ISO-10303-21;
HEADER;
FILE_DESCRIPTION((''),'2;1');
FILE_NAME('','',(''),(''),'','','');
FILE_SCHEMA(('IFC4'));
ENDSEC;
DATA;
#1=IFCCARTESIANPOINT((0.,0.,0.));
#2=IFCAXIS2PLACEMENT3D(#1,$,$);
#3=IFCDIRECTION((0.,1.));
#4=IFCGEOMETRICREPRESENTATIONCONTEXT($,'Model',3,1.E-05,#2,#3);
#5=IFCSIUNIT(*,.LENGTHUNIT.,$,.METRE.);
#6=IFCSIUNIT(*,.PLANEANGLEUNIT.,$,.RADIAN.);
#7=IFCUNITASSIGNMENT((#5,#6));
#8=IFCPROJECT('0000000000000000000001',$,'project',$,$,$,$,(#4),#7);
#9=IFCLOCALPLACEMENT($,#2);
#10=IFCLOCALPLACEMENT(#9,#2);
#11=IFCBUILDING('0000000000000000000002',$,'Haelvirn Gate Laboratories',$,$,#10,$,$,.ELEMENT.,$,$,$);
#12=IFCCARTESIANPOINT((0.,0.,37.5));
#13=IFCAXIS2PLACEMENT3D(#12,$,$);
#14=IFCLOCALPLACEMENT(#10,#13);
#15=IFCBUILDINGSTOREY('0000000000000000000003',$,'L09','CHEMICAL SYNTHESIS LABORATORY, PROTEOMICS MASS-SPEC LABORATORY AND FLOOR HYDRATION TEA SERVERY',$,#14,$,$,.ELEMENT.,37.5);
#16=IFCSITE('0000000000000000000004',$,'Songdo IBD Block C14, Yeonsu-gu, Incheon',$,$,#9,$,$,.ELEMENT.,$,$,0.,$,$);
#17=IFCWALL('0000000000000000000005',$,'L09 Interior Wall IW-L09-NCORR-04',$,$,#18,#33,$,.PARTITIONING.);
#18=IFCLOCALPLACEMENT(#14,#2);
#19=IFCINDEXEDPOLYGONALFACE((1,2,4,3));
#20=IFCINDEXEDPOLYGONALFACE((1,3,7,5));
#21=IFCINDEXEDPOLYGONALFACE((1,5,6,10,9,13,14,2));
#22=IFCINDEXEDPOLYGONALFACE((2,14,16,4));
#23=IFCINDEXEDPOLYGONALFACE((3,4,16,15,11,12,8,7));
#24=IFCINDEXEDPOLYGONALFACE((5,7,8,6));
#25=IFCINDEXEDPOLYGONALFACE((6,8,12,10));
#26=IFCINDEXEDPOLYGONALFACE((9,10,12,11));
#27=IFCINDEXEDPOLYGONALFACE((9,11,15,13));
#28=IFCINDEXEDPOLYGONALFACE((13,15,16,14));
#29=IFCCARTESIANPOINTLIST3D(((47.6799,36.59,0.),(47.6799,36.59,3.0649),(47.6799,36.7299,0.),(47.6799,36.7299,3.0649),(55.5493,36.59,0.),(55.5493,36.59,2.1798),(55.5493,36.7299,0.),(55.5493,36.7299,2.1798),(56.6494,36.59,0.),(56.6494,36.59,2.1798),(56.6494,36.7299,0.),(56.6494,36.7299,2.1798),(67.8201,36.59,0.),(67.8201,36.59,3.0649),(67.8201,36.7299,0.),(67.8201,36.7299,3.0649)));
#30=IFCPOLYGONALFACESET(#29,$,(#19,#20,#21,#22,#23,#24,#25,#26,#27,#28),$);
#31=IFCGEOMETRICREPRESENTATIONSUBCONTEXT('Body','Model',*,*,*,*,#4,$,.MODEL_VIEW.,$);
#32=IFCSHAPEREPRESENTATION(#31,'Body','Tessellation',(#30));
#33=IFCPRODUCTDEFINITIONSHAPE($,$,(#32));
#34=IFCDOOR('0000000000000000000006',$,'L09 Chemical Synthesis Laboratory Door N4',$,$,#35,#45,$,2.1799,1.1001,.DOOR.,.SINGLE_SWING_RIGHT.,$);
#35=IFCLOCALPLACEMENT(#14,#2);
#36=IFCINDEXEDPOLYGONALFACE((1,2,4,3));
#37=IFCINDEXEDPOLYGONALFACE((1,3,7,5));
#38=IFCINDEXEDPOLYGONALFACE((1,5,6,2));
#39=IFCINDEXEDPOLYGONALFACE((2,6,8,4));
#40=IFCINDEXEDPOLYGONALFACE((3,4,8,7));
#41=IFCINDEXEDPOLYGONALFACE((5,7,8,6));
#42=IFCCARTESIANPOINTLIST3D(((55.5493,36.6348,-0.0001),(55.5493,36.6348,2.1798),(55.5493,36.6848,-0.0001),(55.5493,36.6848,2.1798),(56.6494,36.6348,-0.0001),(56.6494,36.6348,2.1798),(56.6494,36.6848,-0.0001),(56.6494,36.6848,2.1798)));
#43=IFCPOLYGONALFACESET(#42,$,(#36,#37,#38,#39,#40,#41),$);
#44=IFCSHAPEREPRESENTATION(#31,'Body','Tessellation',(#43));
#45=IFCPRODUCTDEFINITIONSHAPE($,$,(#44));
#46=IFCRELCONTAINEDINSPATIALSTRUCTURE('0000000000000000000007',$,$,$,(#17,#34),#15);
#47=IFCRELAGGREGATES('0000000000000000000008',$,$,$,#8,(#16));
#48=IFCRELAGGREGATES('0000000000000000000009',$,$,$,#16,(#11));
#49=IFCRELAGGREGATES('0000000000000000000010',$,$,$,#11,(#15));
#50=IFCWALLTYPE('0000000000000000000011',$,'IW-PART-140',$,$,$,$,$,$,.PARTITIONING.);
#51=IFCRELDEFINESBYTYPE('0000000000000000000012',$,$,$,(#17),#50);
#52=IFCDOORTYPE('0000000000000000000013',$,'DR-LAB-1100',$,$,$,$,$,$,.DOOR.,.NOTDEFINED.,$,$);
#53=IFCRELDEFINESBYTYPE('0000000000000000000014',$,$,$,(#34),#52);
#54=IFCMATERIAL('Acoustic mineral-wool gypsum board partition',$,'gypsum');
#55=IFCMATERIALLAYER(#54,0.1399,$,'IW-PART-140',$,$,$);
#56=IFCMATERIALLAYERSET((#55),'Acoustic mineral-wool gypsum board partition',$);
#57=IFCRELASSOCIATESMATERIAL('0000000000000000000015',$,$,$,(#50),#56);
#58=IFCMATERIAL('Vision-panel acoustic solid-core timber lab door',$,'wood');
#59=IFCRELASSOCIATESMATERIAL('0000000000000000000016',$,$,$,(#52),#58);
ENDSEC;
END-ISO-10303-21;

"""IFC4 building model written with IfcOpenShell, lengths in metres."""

from ifc_helpers import new_model, si_unit, direction, frame, frame_2d, origin, place, context, subcontext, project, spatial, rectangle, extrude, source, transform, mapped, material, layer, layer_set, type_object, type_shapes, element, fill, save


model = new_model("IFC4")

# Units and contexts
model_context = context("Model", 3, precision=1e-05, world=origin(), true_north=direction((0.0, 1.0)))
body_context = subcontext(model_context, "Body", "Model", "MODEL_VIEW")
ifc_project = project(units=[si_unit("LENGTHUNIT", "METRE"), si_unit("PLANEANGLEUNIT", "RADIAN")], contexts=[model_context])

# Site, building, storey
site_placement = place(None, origin())
site = spatial("IfcSite", under=ifc_project, at=site_placement, Name="Songdo IBD Block C14, Yeonsu-gu, Incheon", CompositionType="ELEMENT", RefElevation=0.0)
building_placement = place(site_placement, origin())
building = spatial("IfcBuilding", under=site, at=building_placement, Name="Haelvirn Gate Laboratories", CompositionType="ELEMENT")
storey_placement = place(building_placement, frame((0.0, 0.0, 37.5)))
storey = spatial("IfcBuildingStorey", under=building, at=storey_placement, Name="L09", Description="CHEMICAL SYNTHESIS LABORATORY, PROTEOMICS MASS-SPEC LABORATORY AND FLOOR HYDRATION TEA SERVERY", CompositionType="ELEMENT", Elevation=37.5)

# Wall, opening, door
ifc_material_1 = material(Name="Acoustic mineral-wool gypsum board partition", Category="gypsum")
ifc_layer_1 = layer(ifc_material_1, 0.1399, Name="IW-PART-140")
ifc_layer_set_1 = layer_set([ifc_layer_1], Name="Acoustic mineral-wool gypsum board partition")
wall_type_1 = type_object("IfcWallType", Name="IW-PART-140", PredefinedType="PARTITIONING", material=ifc_layer_set_1)
wall_1_placement = place(storey_placement, frame((47.6799, 36.6599, 0.0), z_axis=(0.0, 0.0, 1.0), x_axis=(1.0, 0.0, 0.0)))
wall_1 = element("IfcWall", 1, at=wall_1_placement, inside=storey, type_object=wall_type_1, Name="L09 Interior Wall IW-L09-NCORR-04", PredefinedType="PARTITIONING", context=body_context, shape_type="SweptSolid", body=[
    extrude(rectangle(XDim=20.1401, YDim=0.1399, at=frame_2d((10.0701, 0.0))), origin(), (0.0, 0.0, 1.0), 3.0649),
])
opening_1_placement = place(wall_1_placement, frame((7.8694, 0.0, 0.0)))
opening_1 = element("IfcOpeningElement", 2, at=opening_1_placement, cuts=wall_1, PredefinedType="OPENING", context=body_context, shape_type="SweptSolid", body=[
    extrude(rectangle(XDim=1.1001, YDim=2.1799, at=frame_2d((0.55, 1.0898))), frame((0.0, 0.0801, 0.0), z_axis=(0.0, -1.0, 0.0), x_axis=(1.0, 0.0, 0.0)), (0.0, 0.0, 1.0), 0.1599),
])
ifc_material_2 = material(Name="Vision-panel acoustic solid-core timber lab door", Category="wood")
door_type_1 = type_object("IfcDoorType", Name="DR-LAB-1100", OperationType="NOTDEFINED", PredefinedType="DOOR", material=ifc_material_2)
shared_shape_1 = source(origin(), body_context, "Body", "SweptSolid", [
    extrude(rectangle(XDim=1.1001, YDim=2.1799, at=frame_2d((0.55, 1.0898))), frame((0.0, 0.0249, 0.0), z_axis=(0.0, -1.0, 0.0), x_axis=(1.0, 0.0, 0.0)), (0.0, 0.0, 1.0), 0.05),
])
type_shapes(door_type_1, [shared_shape_1])
door_1_placement = place(opening_1_placement, origin())
door_1 = element("IfcDoor", 3, at=door_1_placement, inside=storey, type_object=door_type_1, Name="L09 Chemical Synthesis Laboratory Door N4", OperationType="SINGLE_SWING_RIGHT", OverallHeight=2.1799, OverallWidth=1.1001, PredefinedType="DOOR", context=body_context, shape_type="MappedRepresentation", body=[
    mapped(shared_shape_1, transform((0.0, 0.0, 0.0), scale=1.0)),
])
fill(opening_1, door_1)

save(model, "model.ifc")
